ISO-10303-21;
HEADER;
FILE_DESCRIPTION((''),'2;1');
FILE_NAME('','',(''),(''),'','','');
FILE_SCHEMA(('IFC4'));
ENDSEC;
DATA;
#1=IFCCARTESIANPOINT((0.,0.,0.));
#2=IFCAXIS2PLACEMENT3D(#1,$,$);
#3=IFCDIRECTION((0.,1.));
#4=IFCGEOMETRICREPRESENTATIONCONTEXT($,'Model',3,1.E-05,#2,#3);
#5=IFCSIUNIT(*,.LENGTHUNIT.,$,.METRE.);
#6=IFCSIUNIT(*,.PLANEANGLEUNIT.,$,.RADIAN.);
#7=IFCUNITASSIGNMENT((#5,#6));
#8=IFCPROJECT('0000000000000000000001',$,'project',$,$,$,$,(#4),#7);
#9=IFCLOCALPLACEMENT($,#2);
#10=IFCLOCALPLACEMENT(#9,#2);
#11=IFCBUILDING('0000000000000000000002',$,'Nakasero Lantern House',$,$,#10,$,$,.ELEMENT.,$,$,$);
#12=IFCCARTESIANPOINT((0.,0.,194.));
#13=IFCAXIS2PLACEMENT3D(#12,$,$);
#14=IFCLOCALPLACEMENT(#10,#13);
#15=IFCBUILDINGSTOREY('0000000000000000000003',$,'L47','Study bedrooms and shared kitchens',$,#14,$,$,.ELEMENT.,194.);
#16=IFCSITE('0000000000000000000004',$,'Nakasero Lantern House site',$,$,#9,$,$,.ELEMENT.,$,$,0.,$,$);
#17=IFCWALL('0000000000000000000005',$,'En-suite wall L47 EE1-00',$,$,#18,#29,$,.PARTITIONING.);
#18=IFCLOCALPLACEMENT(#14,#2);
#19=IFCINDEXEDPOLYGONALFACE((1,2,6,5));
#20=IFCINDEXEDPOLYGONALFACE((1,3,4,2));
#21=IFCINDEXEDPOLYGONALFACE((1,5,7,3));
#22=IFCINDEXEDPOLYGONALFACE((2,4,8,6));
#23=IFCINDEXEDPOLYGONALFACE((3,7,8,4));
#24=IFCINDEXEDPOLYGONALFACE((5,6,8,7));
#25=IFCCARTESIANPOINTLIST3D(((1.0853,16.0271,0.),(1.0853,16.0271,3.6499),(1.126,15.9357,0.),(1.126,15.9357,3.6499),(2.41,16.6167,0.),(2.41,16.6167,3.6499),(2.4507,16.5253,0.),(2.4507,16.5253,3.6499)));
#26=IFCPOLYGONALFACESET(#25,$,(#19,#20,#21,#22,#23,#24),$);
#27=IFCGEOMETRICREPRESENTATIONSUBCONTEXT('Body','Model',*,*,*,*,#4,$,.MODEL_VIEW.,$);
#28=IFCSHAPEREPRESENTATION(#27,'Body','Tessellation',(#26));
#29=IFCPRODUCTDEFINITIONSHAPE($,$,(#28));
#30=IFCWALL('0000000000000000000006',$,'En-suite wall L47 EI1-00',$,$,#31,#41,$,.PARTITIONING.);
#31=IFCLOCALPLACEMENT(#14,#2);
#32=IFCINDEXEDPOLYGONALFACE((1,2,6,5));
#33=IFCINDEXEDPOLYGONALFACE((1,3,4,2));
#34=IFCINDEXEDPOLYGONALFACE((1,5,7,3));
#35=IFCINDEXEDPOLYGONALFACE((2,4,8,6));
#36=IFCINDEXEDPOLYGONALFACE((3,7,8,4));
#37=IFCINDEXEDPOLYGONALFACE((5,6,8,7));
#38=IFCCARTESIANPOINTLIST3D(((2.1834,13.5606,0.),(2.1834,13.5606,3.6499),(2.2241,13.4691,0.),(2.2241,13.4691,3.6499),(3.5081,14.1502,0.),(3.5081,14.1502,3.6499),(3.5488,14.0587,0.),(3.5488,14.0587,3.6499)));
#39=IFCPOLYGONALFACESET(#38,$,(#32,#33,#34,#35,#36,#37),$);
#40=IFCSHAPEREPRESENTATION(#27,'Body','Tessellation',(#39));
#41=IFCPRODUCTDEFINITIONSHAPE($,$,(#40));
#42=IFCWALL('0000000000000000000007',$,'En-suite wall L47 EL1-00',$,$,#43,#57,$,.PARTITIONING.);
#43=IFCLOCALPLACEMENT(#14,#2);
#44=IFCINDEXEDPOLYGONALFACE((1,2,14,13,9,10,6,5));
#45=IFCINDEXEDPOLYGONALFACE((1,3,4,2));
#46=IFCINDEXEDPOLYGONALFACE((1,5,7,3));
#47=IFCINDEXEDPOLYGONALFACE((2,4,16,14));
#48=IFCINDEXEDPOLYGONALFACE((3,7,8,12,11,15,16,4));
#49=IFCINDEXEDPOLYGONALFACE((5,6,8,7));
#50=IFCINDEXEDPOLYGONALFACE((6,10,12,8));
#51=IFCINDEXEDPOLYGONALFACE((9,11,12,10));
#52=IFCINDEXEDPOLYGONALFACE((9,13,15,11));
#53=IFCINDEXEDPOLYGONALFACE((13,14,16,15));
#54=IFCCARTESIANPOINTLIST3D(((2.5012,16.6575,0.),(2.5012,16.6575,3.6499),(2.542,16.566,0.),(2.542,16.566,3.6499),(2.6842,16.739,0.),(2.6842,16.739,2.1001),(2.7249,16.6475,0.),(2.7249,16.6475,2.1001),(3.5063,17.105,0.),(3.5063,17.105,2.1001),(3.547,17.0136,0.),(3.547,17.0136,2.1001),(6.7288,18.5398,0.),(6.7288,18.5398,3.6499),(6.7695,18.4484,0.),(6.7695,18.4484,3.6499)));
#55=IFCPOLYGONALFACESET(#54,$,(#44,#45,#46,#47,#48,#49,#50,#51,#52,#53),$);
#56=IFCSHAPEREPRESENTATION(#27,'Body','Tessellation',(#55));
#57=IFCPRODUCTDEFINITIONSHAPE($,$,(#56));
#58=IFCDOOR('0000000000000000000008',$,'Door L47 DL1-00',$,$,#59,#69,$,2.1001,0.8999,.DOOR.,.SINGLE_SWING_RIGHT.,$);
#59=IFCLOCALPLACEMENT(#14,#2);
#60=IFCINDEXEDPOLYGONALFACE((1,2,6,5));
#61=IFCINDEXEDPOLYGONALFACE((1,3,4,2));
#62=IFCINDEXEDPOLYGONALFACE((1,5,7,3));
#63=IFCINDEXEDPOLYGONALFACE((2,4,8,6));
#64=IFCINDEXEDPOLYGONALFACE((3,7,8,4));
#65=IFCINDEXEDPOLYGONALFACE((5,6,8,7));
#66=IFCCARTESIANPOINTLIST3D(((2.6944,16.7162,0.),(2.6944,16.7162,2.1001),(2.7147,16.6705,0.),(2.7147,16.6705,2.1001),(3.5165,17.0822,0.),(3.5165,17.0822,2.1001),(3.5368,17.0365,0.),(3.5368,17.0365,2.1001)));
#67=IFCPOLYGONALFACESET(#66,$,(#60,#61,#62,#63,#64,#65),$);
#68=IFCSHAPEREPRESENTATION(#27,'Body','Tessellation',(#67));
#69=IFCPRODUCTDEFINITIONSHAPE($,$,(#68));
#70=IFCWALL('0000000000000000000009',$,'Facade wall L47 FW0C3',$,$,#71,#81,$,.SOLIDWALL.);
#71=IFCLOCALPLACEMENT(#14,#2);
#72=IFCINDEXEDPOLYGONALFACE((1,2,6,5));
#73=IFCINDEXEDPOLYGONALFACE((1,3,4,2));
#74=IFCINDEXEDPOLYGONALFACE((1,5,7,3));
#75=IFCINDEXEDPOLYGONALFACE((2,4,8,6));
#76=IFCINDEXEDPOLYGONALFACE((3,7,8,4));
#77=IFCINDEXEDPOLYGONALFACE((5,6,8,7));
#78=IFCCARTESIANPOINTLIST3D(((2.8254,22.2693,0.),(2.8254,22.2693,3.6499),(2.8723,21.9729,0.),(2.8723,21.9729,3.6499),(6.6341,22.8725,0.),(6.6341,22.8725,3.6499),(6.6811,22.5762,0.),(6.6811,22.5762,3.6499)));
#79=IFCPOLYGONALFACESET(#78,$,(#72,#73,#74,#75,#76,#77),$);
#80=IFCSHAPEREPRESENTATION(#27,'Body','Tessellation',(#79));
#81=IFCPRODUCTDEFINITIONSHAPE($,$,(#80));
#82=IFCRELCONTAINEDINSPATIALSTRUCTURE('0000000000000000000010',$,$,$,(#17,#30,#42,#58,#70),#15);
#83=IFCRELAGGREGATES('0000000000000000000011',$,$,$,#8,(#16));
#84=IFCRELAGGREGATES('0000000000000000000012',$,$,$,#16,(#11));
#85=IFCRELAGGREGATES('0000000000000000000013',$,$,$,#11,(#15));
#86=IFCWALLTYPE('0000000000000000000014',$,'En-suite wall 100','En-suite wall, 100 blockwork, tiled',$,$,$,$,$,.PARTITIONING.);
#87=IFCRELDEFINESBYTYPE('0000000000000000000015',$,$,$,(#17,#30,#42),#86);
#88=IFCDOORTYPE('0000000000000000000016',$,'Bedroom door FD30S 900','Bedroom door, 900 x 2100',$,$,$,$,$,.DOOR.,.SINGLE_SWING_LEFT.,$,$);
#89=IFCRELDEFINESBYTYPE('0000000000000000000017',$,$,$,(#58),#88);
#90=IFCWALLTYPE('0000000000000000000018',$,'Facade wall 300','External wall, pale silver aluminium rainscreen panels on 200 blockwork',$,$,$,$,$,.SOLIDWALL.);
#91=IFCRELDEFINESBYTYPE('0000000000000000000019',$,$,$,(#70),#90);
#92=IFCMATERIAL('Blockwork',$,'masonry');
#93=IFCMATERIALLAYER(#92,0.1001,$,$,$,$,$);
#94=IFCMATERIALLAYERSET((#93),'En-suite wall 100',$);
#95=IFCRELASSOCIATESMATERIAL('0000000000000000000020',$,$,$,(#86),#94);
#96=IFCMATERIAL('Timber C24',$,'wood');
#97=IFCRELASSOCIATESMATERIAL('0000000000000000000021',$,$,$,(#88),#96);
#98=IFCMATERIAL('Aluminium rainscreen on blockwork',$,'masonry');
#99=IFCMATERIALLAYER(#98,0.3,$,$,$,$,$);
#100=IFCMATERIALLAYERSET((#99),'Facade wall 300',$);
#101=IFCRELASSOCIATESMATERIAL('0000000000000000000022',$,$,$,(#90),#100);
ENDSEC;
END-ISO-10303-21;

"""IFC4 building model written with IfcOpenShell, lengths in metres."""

from ifc_helpers import new_model, si_unit, direction, frame, frame_2d, origin, place, context, subcontext, project, spatial, rectangle, extrude, material, layer, layer_set, type_object, element, fill, save


model = new_model("IFC4")

# Units and contexts
model_context = context("Model", 3, precision=1e-05, world=origin(), true_north=direction((0.0, 1.0)))
body_context = subcontext(model_context, "Body", "Model", "MODEL_VIEW")
ifc_project = project(units=[si_unit("LENGTHUNIT", "METRE"), si_unit("PLANEANGLEUNIT", "RADIAN")], contexts=[model_context])

# Site, building, storey
site_placement = place(None, origin())
site = spatial("IfcSite", under=ifc_project, at=site_placement, Name="Nakasero Lantern House site", CompositionType="ELEMENT", RefElevation=0.0)
building_placement = place(site_placement, origin())
building = spatial("IfcBuilding", under=site, at=building_placement, Name="Nakasero Lantern House", CompositionType="ELEMENT")
storey_placement = place(building_placement, frame((0.0, 0.0, 194.0)))
storey = spatial("IfcBuildingStorey", under=building, at=storey_placement, Name="L47", Description="Study bedrooms and shared kitchens", CompositionType="ELEMENT", Elevation=194.0)

# Shared definitions
ifc_material_1 = material(Name="Blockwork", Category="masonry")
ifc_layer_1 = layer(ifc_material_1, 0.1001)
ifc_layer_set_1 = layer_set([ifc_layer_1], Name="En-suite wall 100")
wall_type_1 = type_object("IfcWallType", Name="En-suite wall 100", Description="En-suite wall, 100 blockwork, tiled", PredefinedType="PARTITIONING", material=ifc_layer_set_1)

# Walls
for number, where, z_axis, x_axis, name in (
    (1, (2.4304, 16.571, 0.0), (0.0, 0.0, 1.0), (-0.913596, -0.406623, 0.0), "En-suite wall L47 EE1-00"),
    (2, (3.5286, 14.1045, 0.0), (0.0, 0.0, 1.0), (-0.913596, -0.406623, 0.0), "En-suite wall L47 EI1-00"),
):
    element("IfcWall", number, at=place(storey_placement, frame(where, z_axis=z_axis, x_axis=x_axis)), inside=storey, type_object=wall_type_1, Name=name, PredefinedType="PARTITIONING", context=body_context, shape_type="SweptSolid", body=[
        extrude(rectangle(XDim=1.45, YDim=0.1001, at=frame_2d((0.7251, 0.0))), origin(), (0.0, 0.0, 1.0), 3.6499),
    ])

# Wall, opening, door
wall_1_placement = place(storey_placement, frame((6.7493, 18.4941, 0.0), z_axis=(0.0, 0.0, 1.0), x_axis=(-0.913537, -0.406755, 0.0)))
wall_1 = element("IfcWall", 3, at=wall_1_placement, inside=storey, type_object=wall_type_1, Name="En-suite wall L47 EL1-00", PredefinedType="PARTITIONING", context=body_context, shape_type="SweptSolid", body=[
    extrude(rectangle(XDim=4.6277, YDim=0.1001, at=frame_2d((2.314, 0.0))), origin(), (0.0, 0.0, 1.0), 3.6499),
])
opening_1_placement = place(wall_1_placement, frame((3.5276, 0.0, 0.0)))
opening_1 = element("IfcOpeningElement", 4, at=opening_1_placement, cuts=wall_1, PredefinedType="OPENING", context=body_context, shape_type="SweptSolid", body=[
    extrude(rectangle(XDim=0.8999, YDim=2.1001, at=frame_2d((0.45, 1.05))), frame((0.0, 0.0701, 0.0), z_axis=(0.0, -1.0, 0.0), x_axis=(1.0, 0.0, 0.0)), (0.0, 0.0, 1.0), 0.1401),
])
ifc_material_2 = material(Name="Timber C24", Category="wood")
door_type_1 = type_object("IfcDoorType", Name="Bedroom door FD30S 900", Description="Bedroom door, 900 x 2100", OperationType="SINGLE_SWING_LEFT", PredefinedType="DOOR", material=ifc_material_2)
door_1_placement = place(opening_1_placement, origin())
door_1 = element("IfcDoor", 5, at=door_1_placement, inside=storey, type_object=door_type_1, Name="Door L47 DL1-00", OperationType="SINGLE_SWING_RIGHT", OverallHeight=2.1001, OverallWidth=0.8999, PredefinedType="DOOR", context=body_context, shape_type="SweptSolid", body=[
    extrude(rectangle(XDim=0.8999, YDim=2.1001, at=frame_2d((0.45, 1.05))), frame((0.0, 0.0249, 0.0), z_axis=(0.0, -1.0, 0.0), x_axis=(1.0, 0.0, 0.0)), (0.0, 0.0, 1.0), 0.05),
])
fill(opening_1, door_1)

# Wall
ifc_material_3 = material(Name="Aluminium rainscreen on blockwork", Category="masonry")
ifc_layer_2 = layer(ifc_material_3, 0.3)
ifc_layer_set_2 = layer_set([ifc_layer_2], Name="Facade wall 300")
wall_type_2 = type_object("IfcWallType", Name="Facade wall 300", Description="External wall, pale silver aluminium rainscreen panels on 200 blockwork", PredefinedType="SOLIDWALL", material=ifc_layer_set_2)
wall_2_placement = place(storey_placement, frame((6.6577, 22.7244, 0.0), z_axis=(0.0, 0.0, 1.0), x_axis=(-0.987688, -0.156437, 0.0)))
element("IfcWall", 6, at=wall_2_placement, inside=storey, type_object=wall_type_2, Name="Facade wall L47 FW0C3", PredefinedType="SOLIDWALL", context=body_context, shape_type="SweptSolid", body=[
    extrude(rectangle(XDim=3.8562, YDim=0.3, at=frame_2d((1.9282, 0.0))), origin(), (0.0, 0.0, 1.0), 3.6499),
])

save(model, "model.ifc")
